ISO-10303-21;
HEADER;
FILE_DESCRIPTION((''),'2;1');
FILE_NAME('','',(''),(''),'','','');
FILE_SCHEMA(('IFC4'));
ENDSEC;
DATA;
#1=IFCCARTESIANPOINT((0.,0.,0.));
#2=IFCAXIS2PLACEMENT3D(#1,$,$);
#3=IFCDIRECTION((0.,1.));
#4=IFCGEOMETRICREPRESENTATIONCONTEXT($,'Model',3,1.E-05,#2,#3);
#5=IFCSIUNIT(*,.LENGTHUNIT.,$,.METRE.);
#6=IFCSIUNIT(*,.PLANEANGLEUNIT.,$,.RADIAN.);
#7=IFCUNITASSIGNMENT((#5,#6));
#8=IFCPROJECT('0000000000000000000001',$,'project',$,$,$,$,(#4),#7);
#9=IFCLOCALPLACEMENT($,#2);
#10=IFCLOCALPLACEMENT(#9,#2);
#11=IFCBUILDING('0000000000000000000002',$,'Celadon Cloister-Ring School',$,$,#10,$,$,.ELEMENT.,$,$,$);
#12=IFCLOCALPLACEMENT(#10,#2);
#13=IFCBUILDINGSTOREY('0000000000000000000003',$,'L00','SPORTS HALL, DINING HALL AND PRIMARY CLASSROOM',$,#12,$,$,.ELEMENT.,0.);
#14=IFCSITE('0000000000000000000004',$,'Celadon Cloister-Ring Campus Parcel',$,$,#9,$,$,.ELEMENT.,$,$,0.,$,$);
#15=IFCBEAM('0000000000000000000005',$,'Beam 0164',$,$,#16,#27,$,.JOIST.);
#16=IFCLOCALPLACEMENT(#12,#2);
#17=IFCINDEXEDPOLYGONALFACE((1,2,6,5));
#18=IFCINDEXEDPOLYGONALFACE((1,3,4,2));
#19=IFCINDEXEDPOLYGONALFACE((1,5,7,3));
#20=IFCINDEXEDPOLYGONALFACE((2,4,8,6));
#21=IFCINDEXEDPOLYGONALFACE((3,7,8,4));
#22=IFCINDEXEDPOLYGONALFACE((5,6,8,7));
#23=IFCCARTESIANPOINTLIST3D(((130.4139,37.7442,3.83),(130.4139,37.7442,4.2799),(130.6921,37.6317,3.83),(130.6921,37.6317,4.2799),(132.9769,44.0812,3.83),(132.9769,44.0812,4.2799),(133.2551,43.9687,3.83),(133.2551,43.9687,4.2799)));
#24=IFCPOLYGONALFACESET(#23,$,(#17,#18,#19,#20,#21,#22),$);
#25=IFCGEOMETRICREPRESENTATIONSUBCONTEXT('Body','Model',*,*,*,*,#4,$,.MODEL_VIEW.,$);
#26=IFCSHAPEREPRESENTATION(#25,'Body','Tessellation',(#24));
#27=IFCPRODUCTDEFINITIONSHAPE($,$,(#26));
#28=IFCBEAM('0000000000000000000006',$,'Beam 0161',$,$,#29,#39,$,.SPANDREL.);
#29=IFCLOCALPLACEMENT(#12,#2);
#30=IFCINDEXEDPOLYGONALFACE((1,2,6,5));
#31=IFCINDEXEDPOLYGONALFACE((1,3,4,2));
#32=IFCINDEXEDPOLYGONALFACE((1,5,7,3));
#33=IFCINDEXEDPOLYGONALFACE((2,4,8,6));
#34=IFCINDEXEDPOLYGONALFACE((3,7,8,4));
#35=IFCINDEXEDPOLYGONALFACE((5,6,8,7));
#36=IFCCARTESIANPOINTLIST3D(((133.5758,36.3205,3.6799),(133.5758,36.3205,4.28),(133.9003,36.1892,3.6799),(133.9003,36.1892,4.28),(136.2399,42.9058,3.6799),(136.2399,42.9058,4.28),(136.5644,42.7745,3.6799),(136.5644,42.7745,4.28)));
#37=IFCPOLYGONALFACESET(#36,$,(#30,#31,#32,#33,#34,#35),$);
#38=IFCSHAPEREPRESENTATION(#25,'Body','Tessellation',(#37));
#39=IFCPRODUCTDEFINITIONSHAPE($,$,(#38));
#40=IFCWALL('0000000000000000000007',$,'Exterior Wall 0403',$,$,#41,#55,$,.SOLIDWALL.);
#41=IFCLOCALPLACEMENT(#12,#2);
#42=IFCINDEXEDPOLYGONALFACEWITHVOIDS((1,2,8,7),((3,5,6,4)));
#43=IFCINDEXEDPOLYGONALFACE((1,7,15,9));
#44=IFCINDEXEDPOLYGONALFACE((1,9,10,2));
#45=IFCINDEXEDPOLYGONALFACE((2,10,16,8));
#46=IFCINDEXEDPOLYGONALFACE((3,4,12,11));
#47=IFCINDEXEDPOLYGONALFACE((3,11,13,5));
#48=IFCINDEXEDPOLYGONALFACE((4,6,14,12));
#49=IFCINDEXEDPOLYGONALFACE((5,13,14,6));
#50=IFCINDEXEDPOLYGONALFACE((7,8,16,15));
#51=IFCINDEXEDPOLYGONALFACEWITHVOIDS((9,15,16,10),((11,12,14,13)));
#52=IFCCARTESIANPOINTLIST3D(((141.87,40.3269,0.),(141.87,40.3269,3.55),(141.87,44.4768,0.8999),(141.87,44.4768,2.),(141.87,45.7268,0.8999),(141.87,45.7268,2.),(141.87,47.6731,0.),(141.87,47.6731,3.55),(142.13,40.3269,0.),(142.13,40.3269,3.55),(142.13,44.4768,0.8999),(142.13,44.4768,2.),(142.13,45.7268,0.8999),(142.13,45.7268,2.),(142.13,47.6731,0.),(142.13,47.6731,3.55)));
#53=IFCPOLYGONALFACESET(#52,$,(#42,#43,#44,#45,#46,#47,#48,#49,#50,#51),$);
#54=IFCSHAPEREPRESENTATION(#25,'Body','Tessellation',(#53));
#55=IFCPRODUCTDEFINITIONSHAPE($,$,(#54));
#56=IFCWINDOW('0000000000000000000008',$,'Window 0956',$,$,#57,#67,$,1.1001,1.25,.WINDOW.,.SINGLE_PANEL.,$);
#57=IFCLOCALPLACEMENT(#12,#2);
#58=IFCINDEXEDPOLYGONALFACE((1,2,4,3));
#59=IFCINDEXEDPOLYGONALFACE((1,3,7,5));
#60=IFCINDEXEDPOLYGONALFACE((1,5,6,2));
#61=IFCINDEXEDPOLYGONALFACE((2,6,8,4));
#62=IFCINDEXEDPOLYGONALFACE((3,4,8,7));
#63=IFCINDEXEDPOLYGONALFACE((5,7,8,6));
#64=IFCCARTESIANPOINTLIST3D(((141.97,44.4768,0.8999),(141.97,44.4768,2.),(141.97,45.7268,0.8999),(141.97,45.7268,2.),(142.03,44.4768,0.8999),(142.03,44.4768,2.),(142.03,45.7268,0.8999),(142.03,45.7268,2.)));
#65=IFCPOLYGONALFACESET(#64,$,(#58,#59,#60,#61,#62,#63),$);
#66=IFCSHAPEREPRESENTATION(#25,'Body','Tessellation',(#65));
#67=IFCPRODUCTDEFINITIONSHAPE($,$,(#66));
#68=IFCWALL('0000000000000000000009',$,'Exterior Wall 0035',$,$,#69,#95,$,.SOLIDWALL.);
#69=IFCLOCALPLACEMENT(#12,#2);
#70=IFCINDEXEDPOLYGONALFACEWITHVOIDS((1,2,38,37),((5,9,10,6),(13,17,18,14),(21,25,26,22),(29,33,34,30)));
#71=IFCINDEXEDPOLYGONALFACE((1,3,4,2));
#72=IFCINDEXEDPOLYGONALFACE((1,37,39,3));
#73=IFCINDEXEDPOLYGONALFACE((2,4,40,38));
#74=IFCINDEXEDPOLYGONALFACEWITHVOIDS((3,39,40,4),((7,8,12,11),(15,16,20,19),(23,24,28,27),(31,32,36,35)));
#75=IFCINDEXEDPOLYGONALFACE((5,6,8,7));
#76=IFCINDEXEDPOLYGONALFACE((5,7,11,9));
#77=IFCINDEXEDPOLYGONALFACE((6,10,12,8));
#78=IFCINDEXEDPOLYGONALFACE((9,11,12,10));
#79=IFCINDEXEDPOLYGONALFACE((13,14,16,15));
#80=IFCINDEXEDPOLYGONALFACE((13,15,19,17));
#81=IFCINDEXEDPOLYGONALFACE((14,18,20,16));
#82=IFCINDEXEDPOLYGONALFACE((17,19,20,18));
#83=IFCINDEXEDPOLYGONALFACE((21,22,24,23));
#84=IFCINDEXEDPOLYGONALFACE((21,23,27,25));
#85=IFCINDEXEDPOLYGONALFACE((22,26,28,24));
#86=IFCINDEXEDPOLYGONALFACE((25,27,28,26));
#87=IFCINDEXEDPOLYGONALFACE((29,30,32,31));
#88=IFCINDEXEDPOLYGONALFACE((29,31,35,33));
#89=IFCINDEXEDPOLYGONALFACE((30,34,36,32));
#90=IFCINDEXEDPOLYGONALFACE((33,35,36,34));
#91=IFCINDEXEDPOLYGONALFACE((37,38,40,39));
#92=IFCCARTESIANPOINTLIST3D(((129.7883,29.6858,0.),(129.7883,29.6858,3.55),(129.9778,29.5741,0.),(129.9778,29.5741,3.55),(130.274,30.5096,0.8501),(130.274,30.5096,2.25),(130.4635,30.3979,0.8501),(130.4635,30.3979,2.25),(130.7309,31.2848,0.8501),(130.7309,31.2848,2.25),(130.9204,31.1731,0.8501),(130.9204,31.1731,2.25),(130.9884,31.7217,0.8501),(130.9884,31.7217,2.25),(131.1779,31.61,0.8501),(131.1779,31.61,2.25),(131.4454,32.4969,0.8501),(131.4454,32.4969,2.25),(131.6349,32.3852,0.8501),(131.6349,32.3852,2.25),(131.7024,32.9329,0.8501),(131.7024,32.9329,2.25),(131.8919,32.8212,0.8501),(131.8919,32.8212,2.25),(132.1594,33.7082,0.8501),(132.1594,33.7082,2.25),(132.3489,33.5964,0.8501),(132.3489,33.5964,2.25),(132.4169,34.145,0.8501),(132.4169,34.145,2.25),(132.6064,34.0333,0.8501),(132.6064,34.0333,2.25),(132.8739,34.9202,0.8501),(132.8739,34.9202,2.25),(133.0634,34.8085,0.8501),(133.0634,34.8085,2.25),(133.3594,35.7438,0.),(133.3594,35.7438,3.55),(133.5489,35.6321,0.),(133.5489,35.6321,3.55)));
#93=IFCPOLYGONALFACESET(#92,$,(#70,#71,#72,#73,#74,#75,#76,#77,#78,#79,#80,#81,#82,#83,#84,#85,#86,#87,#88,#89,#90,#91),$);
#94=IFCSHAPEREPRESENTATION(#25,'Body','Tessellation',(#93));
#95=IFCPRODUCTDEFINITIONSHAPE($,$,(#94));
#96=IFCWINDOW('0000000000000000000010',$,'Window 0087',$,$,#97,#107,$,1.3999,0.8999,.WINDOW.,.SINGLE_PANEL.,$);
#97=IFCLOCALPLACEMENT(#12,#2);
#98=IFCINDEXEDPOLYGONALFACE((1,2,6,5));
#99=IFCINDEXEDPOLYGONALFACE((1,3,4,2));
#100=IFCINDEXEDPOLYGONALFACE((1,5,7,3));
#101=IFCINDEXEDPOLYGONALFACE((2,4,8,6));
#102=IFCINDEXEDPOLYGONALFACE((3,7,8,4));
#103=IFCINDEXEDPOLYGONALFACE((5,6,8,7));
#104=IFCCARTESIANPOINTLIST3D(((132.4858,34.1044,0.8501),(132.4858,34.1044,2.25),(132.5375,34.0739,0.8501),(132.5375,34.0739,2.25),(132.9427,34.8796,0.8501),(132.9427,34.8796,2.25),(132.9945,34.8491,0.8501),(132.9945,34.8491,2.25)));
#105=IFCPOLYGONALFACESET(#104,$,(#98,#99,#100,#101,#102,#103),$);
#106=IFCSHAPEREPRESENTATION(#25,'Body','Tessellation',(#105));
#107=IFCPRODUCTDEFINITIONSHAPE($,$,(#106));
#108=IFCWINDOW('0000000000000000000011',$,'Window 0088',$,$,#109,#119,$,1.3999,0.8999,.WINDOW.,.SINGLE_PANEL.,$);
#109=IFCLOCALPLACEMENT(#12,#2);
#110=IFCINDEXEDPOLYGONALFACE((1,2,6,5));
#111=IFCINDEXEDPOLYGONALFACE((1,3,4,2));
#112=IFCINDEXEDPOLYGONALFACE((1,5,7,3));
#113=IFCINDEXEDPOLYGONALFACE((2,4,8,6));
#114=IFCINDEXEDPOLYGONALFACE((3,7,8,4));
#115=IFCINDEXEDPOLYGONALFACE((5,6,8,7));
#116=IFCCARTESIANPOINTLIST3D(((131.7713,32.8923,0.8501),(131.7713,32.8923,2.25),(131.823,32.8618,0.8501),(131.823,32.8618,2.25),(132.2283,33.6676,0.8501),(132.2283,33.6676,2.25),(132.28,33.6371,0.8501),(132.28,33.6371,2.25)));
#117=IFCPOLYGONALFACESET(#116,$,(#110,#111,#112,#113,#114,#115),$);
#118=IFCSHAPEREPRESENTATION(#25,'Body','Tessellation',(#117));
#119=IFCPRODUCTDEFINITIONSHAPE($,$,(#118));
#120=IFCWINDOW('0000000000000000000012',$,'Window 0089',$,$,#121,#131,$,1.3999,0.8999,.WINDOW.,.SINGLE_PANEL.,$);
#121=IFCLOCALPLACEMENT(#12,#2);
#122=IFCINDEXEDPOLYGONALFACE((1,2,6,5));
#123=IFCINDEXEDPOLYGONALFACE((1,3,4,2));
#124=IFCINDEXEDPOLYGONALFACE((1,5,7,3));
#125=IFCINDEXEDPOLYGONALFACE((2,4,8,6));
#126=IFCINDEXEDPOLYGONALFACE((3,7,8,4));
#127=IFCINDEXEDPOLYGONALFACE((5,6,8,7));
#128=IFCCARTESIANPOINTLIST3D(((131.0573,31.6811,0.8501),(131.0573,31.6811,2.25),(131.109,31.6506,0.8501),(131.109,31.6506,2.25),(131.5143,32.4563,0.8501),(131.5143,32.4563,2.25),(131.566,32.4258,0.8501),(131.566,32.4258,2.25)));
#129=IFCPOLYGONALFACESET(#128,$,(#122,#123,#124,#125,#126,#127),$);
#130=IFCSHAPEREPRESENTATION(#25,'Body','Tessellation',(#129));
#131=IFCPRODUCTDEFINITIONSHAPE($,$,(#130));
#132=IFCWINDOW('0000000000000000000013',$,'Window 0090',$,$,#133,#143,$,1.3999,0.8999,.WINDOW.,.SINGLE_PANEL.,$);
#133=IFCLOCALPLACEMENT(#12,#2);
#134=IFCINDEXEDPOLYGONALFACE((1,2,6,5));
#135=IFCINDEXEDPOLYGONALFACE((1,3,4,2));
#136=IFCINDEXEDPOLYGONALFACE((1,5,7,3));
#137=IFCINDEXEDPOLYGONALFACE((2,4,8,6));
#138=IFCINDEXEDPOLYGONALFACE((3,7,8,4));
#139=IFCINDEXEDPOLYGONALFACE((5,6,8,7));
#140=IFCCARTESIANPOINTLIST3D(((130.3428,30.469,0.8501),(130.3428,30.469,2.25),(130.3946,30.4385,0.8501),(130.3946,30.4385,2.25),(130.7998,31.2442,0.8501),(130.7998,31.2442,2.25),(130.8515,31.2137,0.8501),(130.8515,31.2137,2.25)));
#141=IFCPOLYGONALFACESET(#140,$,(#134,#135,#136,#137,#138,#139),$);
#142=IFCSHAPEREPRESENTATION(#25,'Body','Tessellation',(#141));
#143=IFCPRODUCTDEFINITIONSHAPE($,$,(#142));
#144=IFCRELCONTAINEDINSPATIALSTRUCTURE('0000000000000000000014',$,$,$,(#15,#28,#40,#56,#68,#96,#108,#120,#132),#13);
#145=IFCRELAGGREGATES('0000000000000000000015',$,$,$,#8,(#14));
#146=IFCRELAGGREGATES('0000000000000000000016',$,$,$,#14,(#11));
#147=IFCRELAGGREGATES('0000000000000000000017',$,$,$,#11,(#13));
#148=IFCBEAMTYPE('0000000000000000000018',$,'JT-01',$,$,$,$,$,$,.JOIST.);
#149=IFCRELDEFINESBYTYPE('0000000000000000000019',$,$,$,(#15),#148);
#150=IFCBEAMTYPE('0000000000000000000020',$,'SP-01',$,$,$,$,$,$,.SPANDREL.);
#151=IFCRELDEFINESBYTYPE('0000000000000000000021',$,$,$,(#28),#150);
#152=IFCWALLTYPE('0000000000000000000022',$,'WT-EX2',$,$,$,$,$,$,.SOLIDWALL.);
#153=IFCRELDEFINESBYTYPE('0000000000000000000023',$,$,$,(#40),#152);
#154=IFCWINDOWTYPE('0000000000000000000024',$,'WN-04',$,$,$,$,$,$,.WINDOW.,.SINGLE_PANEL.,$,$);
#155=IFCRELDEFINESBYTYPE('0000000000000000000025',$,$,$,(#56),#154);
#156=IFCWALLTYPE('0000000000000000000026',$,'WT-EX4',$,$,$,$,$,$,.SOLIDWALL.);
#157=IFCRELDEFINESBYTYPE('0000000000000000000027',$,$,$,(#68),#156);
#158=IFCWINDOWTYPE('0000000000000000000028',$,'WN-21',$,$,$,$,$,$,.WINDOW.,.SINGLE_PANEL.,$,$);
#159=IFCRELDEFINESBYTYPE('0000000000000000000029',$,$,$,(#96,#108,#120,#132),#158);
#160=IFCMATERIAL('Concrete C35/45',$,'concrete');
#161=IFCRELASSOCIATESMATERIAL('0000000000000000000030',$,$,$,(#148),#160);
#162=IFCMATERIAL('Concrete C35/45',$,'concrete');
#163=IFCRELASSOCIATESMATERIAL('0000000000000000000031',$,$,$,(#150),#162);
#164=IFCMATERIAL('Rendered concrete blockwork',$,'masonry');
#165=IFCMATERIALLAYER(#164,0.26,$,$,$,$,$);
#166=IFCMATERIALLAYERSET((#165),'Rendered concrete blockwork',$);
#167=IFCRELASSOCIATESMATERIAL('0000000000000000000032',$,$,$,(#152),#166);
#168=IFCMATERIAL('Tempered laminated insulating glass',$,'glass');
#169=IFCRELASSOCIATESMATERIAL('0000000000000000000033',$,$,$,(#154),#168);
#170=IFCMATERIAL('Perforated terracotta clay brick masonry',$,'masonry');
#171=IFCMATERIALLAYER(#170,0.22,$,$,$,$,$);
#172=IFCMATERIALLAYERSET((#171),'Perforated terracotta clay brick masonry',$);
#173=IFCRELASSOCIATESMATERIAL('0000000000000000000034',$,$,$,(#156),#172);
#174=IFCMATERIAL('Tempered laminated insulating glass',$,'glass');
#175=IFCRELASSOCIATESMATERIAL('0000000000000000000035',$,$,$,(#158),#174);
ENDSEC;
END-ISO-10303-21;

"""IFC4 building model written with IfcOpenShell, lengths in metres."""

from ifc_helpers import new_model, si_unit, direction, frame, frame_2d, origin, origin_2d, place, context, subcontext, project, spatial, rectangle, extrude, material, layer, layer_set, material_profile, profile_set, type_object, element, fill, save


model = new_model("IFC4")

# Units and contexts
model_context = context("Model", 3, precision=1e-05, world=origin(), true_north=direction((0.0, 1.0)))
body_context = subcontext(model_context, "Body", "Model", "MODEL_VIEW")
ifc_project = project(units=[si_unit("LENGTHUNIT", "METRE"), si_unit("PLANEANGLEUNIT", "RADIAN")], contexts=[model_context])

# Site, building, storey
site_placement = place(None, origin())
site = spatial("IfcSite", under=ifc_project, at=site_placement, Name="Celadon Cloister-Ring Campus Parcel", CompositionType="ELEMENT", RefElevation=0.0)
building_placement = place(site_placement, origin())
building = spatial("IfcBuilding", under=site, at=building_placement, Name="Celadon Cloister-Ring School", CompositionType="ELEMENT")
storey_placement = place(building_placement, origin())
storey = spatial("IfcBuildingStorey", under=building, at=storey_placement, Name="L00", Description="SPORTS HALL, DINING HALL AND PRIMARY CLASSROOM", CompositionType="ELEMENT", Elevation=0.0)

# Beams
ifc_material_1 = material(Name="Concrete C35/45", Category="concrete")
ifc_material_profile_1 = material_profile(ifc_material_1, rectangle(XDim=0.3, YDim=0.45, at=origin_2d()), Name="RC300X450")
ifc_profile_set_1 = profile_set([ifc_material_profile_1], Name="Concrete C35/45")
beam_type_1 = type_object("IfcBeamType", Name="JT-01", PredefinedType="JOIST", material=ifc_profile_set_1)
beam_1_placement = place(storey_placement, frame((130.553, 37.688, 4.0549), z_axis=(0.374947, 0.927046, 0.0), x_axis=(-0.927046, 0.374947, 0.0)))
element("IfcBeam", 1, at=beam_1_placement, inside=storey, type_object=beam_type_1, Name="Beam 0164", PredefinedType="JOIST", context=body_context, shape_type="SweptSolid", body=[
    extrude(rectangle(XDim=0.3, YDim=0.45, at=origin_2d()), origin(), (0.0, 0.0, 1.0), 6.8357),
])
ifc_material_2 = material(Name="Concrete C35/45", Category="concrete")
ifc_material_profile_2 = material_profile(ifc_material_2, rectangle(XDim=0.3501, YDim=0.6001, at=origin_2d()), Name="RC350X600")
ifc_profile_set_2 = profile_set([ifc_material_profile_2], Name="Concrete C35/45")
beam_type_2 = type_object("IfcBeamType", Name="SP-01", PredefinedType="SPANDREL", material=ifc_profile_set_2)
beam_2_placement = place(storey_placement, frame((133.738, 36.2549, 3.98), z_axis=(0.375026, 0.927014, 0.0), x_axis=(-0.927014, 0.375026, 0.0)))
element("IfcBeam", 2, at=beam_2_placement, inside=storey, type_object=beam_type_2, Name="Beam 0161", PredefinedType="SPANDREL", context=body_context, shape_type="SweptSolid", body=[
    extrude(rectangle(XDim=0.3501, YDim=0.6001, at=origin_2d()), origin(), (0.0, 0.0, 1.0), 7.1038),
])

# Wall, opening, window
ifc_material_3 = material(Name="Rendered concrete blockwork", Category="masonry")
ifc_layer_1 = layer(ifc_material_3, 0.26)
ifc_layer_set_1 = layer_set([ifc_layer_1], Name="Rendered concrete blockwork")
wall_type_1 = type_object("IfcWallType", Name="WT-EX2", PredefinedType="SOLIDWALL", material=ifc_layer_set_1)
wall_1_placement = place(storey_placement, frame((142.0, 40.3269, 0.0), z_axis=(0.0, 0.0, 1.0), x_axis=(0.0, 1.0, 0.0)))
wall_1 = element("IfcWall", 3, at=wall_1_placement, inside=storey, type_object=wall_type_1, Name="Exterior Wall 0403", PredefinedType="SOLIDWALL", context=body_context, shape_type="SweptSolid", body=[
    extrude(rectangle(XDim=7.3462, YDim=0.26, at=frame_2d((3.6731, 0.0))), origin(), (0.0, 0.0, 1.0), 3.55),
])
opening_1_placement = place(wall_1_placement, frame((4.1499, 0.0, 0.8999)))
opening_1 = element("IfcOpeningElement", 4, at=opening_1_placement, cuts=wall_1, PredefinedType="OPENING", context=body_context, shape_type="SweptSolid", body=[
    extrude(rectangle(XDim=1.25, YDim=1.1001, at=frame_2d((0.625, 0.55))), frame((0.0, 0.1401, 0.0), z_axis=(0.0, -1.0, 0.0), x_axis=(1.0, 0.0, 0.0)), (0.0, 0.0, 1.0), 0.28),
])
ifc_material_4 = material(Name="Tempered laminated insulating glass", Category="glass")
window_type_1 = type_object("IfcWindowType", Name="WN-04", PartitioningType="SINGLE_PANEL", PredefinedType="WINDOW", material=ifc_material_4)
window_1_placement = place(opening_1_placement, origin())
window_1 = element("IfcWindow", 5, at=window_1_placement, inside=storey, type_object=window_type_1, Name="Window 0956", OverallHeight=1.1001, OverallWidth=1.25, PartitioningType="SINGLE_PANEL", PredefinedType="WINDOW", context=body_context, shape_type="SweptSolid", body=[
    extrude(rectangle(XDim=1.25, YDim=1.1001, at=frame_2d((0.625, 0.55))), frame((0.0, 0.03, 0.0), z_axis=(0.0, -1.0, 0.0), x_axis=(1.0, 0.0, 0.0)), (0.0, 0.0, 1.0), 0.0601),
])
fill(opening_1, window_1)

# Wall, openings, windows
ifc_material_5 = material(Name="Perforated terracotta clay brick masonry", Category="masonry")
ifc_layer_2 = layer(ifc_material_5, 0.22)
ifc_layer_set_2 = layer_set([ifc_layer_2], Name="Perforated terracotta clay brick masonry")
wall_type_2 = type_object("IfcWallType", Name="WT-EX4", PredefinedType="SOLIDWALL", material=ifc_layer_set_2)
wall_2_placement = place(storey_placement, frame((133.4541, 35.688, 0.0), z_axis=(0.0, 0.0, 1.0), x_axis=(-0.507807, -0.861471, 0.0)))
wall_2 = element("IfcWall", 6, at=wall_2_placement, inside=storey, type_object=wall_type_2, Name="Exterior Wall 0035", PredefinedType="SOLIDWALL", context=body_context, shape_type="SweptSolid", body=[
    extrude(rectangle(XDim=7.0322, YDim=0.22, at=frame_2d((3.5161, 0.0))), origin(), (0.0, 0.0, 1.0), 3.55),
])
opening_2_placement = place(wall_2_placement, frame((0.9561, 0.0, 0.8501)))
opening_2 = element("IfcOpeningElement", 7, at=opening_2_placement, cuts=wall_2, PredefinedType="OPENING", context=body_context, shape_type="SweptSolid", body=[
    extrude(rectangle(XDim=0.8999, YDim=1.3999, at=frame_2d((0.45, 0.7))), frame((0.0, 0.1201, 0.0), z_axis=(0.0, -1.0, 0.0), x_axis=(1.0, 0.0, 0.0)), (0.0, 0.0, 1.0), 0.24),
])
opening_3_placement = place(wall_2_placement, frame((2.363, 0.0, 0.8501)))
opening_3 = element("IfcOpeningElement", 8, at=opening_3_placement, cuts=wall_2, PredefinedType="OPENING", context=body_context, shape_type="SweptSolid", body=[
    extrude(rectangle(XDim=0.8999, YDim=1.3999, at=frame_2d((0.45, 0.7))), frame((0.0, 0.1201, 0.0), z_axis=(0.0, -1.0, 0.0), x_axis=(1.0, 0.0, 0.0)), (0.0, 0.0, 1.0), 0.24),
])
opening_4_placement = place(wall_2_placement, frame((3.769, 0.0, 0.8501)))
opening_4 = element("IfcOpeningElement", 9, at=opening_4_placement, cuts=wall_2, PredefinedType="OPENING", context=body_context, shape_type="SweptSolid", body=[
    extrude(rectangle(XDim=0.8999, YDim=1.3999, at=frame_2d((0.45, 0.7))), frame((0.0, 0.1201, 0.0), z_axis=(0.0, -1.0, 0.0), x_axis=(1.0, 0.0, 0.0)), (0.0, 0.0, 1.0), 0.24),
])
opening_5_placement = place(wall_2_placement, frame((5.176, 0.0, 0.8501)))
opening_5 = element("IfcOpeningElement", 10, at=opening_5_placement, cuts=wall_2, PredefinedType="OPENING", context=body_context, shape_type="SweptSolid", body=[
    extrude(rectangle(XDim=0.8999, YDim=1.3999, at=frame_2d((0.45, 0.7))), frame((0.0, 0.1201, 0.0), z_axis=(0.0, -1.0, 0.0), x_axis=(1.0, 0.0, 0.0)), (0.0, 0.0, 1.0), 0.24),
])
ifc_material_6 = material(Name="Tempered laminated insulating glass", Category="glass")
window_type_2 = type_object("IfcWindowType", Name="WN-21", PartitioningType="SINGLE_PANEL", PredefinedType="WINDOW", material=ifc_material_6)
window_2_placement = place(opening_2_placement, origin())
window_2 = element("IfcWindow", 11, at=window_2_placement, inside=storey, type_object=window_type_2, Name="Window 0087", OverallHeight=1.3999, OverallWidth=0.8999, PartitioningType="SINGLE_PANEL", PredefinedType="WINDOW", context=body_context, shape_type="SweptSolid", body=[
    extrude(rectangle(XDim=0.8999, YDim=1.3999, at=frame_2d((0.45, 0.7))), frame((0.0, 0.03, 0.0), z_axis=(0.0, -1.0, 0.0), x_axis=(1.0, 0.0, 0.0)), (0.0, 0.0, 1.0), 0.0601),
])
fill(opening_2, window_2)
window_3_placement = place(opening_3_placement, origin())
window_3 = element("IfcWindow", 12, at=window_3_placement, inside=storey, type_object=window_type_2, Name="Window 0088", OverallHeight=1.3999, OverallWidth=0.8999, PartitioningType="SINGLE_PANEL", PredefinedType="WINDOW", context=body_context, shape_type="SweptSolid", body=[
    extrude(rectangle(XDim=0.8999, YDim=1.3999, at=frame_2d((0.45, 0.7))), frame((0.0, 0.03, 0.0), z_axis=(0.0, -1.0, 0.0), x_axis=(1.0, 0.0, 0.0)), (0.0, 0.0, 1.0), 0.0601),
])
fill(opening_3, window_3)
window_4_placement = place(opening_4_placement, origin())
window_4 = element("IfcWindow", 13, at=window_4_placement, inside=storey, type_object=window_type_2, Name="Window 0089", OverallHeight=1.3999, OverallWidth=0.8999, PartitioningType="SINGLE_PANEL", PredefinedType="WINDOW", context=body_context, shape_type="SweptSolid", body=[
    extrude(rectangle(XDim=0.8999, YDim=1.3999, at=frame_2d((0.45, 0.7))), frame((0.0, 0.03, 0.0), z_axis=(0.0, -1.0, 0.0), x_axis=(1.0, 0.0, 0.0)), (0.0, 0.0, 1.0), 0.0601),
])
fill(opening_4, window_4)
window_5_placement = place(opening_5_placement, origin())
window_5 = element("IfcWindow", 14, at=window_5_placement, inside=storey, type_object=window_type_2, Name="Window 0090", OverallHeight=1.3999, OverallWidth=0.8999, PartitioningType="SINGLE_PANEL", PredefinedType="WINDOW", context=body_context, shape_type="SweptSolid", body=[
    extrude(rectangle(XDim=0.8999, YDim=1.3999, at=frame_2d((0.45, 0.7))), frame((0.0, 0.03, 0.0), z_axis=(0.0, -1.0, 0.0), x_axis=(1.0, 0.0, 0.0)), (0.0, 0.0, 1.0), 0.0601),
])
fill(opening_5, window_5)

save(model, "model.ifc")
